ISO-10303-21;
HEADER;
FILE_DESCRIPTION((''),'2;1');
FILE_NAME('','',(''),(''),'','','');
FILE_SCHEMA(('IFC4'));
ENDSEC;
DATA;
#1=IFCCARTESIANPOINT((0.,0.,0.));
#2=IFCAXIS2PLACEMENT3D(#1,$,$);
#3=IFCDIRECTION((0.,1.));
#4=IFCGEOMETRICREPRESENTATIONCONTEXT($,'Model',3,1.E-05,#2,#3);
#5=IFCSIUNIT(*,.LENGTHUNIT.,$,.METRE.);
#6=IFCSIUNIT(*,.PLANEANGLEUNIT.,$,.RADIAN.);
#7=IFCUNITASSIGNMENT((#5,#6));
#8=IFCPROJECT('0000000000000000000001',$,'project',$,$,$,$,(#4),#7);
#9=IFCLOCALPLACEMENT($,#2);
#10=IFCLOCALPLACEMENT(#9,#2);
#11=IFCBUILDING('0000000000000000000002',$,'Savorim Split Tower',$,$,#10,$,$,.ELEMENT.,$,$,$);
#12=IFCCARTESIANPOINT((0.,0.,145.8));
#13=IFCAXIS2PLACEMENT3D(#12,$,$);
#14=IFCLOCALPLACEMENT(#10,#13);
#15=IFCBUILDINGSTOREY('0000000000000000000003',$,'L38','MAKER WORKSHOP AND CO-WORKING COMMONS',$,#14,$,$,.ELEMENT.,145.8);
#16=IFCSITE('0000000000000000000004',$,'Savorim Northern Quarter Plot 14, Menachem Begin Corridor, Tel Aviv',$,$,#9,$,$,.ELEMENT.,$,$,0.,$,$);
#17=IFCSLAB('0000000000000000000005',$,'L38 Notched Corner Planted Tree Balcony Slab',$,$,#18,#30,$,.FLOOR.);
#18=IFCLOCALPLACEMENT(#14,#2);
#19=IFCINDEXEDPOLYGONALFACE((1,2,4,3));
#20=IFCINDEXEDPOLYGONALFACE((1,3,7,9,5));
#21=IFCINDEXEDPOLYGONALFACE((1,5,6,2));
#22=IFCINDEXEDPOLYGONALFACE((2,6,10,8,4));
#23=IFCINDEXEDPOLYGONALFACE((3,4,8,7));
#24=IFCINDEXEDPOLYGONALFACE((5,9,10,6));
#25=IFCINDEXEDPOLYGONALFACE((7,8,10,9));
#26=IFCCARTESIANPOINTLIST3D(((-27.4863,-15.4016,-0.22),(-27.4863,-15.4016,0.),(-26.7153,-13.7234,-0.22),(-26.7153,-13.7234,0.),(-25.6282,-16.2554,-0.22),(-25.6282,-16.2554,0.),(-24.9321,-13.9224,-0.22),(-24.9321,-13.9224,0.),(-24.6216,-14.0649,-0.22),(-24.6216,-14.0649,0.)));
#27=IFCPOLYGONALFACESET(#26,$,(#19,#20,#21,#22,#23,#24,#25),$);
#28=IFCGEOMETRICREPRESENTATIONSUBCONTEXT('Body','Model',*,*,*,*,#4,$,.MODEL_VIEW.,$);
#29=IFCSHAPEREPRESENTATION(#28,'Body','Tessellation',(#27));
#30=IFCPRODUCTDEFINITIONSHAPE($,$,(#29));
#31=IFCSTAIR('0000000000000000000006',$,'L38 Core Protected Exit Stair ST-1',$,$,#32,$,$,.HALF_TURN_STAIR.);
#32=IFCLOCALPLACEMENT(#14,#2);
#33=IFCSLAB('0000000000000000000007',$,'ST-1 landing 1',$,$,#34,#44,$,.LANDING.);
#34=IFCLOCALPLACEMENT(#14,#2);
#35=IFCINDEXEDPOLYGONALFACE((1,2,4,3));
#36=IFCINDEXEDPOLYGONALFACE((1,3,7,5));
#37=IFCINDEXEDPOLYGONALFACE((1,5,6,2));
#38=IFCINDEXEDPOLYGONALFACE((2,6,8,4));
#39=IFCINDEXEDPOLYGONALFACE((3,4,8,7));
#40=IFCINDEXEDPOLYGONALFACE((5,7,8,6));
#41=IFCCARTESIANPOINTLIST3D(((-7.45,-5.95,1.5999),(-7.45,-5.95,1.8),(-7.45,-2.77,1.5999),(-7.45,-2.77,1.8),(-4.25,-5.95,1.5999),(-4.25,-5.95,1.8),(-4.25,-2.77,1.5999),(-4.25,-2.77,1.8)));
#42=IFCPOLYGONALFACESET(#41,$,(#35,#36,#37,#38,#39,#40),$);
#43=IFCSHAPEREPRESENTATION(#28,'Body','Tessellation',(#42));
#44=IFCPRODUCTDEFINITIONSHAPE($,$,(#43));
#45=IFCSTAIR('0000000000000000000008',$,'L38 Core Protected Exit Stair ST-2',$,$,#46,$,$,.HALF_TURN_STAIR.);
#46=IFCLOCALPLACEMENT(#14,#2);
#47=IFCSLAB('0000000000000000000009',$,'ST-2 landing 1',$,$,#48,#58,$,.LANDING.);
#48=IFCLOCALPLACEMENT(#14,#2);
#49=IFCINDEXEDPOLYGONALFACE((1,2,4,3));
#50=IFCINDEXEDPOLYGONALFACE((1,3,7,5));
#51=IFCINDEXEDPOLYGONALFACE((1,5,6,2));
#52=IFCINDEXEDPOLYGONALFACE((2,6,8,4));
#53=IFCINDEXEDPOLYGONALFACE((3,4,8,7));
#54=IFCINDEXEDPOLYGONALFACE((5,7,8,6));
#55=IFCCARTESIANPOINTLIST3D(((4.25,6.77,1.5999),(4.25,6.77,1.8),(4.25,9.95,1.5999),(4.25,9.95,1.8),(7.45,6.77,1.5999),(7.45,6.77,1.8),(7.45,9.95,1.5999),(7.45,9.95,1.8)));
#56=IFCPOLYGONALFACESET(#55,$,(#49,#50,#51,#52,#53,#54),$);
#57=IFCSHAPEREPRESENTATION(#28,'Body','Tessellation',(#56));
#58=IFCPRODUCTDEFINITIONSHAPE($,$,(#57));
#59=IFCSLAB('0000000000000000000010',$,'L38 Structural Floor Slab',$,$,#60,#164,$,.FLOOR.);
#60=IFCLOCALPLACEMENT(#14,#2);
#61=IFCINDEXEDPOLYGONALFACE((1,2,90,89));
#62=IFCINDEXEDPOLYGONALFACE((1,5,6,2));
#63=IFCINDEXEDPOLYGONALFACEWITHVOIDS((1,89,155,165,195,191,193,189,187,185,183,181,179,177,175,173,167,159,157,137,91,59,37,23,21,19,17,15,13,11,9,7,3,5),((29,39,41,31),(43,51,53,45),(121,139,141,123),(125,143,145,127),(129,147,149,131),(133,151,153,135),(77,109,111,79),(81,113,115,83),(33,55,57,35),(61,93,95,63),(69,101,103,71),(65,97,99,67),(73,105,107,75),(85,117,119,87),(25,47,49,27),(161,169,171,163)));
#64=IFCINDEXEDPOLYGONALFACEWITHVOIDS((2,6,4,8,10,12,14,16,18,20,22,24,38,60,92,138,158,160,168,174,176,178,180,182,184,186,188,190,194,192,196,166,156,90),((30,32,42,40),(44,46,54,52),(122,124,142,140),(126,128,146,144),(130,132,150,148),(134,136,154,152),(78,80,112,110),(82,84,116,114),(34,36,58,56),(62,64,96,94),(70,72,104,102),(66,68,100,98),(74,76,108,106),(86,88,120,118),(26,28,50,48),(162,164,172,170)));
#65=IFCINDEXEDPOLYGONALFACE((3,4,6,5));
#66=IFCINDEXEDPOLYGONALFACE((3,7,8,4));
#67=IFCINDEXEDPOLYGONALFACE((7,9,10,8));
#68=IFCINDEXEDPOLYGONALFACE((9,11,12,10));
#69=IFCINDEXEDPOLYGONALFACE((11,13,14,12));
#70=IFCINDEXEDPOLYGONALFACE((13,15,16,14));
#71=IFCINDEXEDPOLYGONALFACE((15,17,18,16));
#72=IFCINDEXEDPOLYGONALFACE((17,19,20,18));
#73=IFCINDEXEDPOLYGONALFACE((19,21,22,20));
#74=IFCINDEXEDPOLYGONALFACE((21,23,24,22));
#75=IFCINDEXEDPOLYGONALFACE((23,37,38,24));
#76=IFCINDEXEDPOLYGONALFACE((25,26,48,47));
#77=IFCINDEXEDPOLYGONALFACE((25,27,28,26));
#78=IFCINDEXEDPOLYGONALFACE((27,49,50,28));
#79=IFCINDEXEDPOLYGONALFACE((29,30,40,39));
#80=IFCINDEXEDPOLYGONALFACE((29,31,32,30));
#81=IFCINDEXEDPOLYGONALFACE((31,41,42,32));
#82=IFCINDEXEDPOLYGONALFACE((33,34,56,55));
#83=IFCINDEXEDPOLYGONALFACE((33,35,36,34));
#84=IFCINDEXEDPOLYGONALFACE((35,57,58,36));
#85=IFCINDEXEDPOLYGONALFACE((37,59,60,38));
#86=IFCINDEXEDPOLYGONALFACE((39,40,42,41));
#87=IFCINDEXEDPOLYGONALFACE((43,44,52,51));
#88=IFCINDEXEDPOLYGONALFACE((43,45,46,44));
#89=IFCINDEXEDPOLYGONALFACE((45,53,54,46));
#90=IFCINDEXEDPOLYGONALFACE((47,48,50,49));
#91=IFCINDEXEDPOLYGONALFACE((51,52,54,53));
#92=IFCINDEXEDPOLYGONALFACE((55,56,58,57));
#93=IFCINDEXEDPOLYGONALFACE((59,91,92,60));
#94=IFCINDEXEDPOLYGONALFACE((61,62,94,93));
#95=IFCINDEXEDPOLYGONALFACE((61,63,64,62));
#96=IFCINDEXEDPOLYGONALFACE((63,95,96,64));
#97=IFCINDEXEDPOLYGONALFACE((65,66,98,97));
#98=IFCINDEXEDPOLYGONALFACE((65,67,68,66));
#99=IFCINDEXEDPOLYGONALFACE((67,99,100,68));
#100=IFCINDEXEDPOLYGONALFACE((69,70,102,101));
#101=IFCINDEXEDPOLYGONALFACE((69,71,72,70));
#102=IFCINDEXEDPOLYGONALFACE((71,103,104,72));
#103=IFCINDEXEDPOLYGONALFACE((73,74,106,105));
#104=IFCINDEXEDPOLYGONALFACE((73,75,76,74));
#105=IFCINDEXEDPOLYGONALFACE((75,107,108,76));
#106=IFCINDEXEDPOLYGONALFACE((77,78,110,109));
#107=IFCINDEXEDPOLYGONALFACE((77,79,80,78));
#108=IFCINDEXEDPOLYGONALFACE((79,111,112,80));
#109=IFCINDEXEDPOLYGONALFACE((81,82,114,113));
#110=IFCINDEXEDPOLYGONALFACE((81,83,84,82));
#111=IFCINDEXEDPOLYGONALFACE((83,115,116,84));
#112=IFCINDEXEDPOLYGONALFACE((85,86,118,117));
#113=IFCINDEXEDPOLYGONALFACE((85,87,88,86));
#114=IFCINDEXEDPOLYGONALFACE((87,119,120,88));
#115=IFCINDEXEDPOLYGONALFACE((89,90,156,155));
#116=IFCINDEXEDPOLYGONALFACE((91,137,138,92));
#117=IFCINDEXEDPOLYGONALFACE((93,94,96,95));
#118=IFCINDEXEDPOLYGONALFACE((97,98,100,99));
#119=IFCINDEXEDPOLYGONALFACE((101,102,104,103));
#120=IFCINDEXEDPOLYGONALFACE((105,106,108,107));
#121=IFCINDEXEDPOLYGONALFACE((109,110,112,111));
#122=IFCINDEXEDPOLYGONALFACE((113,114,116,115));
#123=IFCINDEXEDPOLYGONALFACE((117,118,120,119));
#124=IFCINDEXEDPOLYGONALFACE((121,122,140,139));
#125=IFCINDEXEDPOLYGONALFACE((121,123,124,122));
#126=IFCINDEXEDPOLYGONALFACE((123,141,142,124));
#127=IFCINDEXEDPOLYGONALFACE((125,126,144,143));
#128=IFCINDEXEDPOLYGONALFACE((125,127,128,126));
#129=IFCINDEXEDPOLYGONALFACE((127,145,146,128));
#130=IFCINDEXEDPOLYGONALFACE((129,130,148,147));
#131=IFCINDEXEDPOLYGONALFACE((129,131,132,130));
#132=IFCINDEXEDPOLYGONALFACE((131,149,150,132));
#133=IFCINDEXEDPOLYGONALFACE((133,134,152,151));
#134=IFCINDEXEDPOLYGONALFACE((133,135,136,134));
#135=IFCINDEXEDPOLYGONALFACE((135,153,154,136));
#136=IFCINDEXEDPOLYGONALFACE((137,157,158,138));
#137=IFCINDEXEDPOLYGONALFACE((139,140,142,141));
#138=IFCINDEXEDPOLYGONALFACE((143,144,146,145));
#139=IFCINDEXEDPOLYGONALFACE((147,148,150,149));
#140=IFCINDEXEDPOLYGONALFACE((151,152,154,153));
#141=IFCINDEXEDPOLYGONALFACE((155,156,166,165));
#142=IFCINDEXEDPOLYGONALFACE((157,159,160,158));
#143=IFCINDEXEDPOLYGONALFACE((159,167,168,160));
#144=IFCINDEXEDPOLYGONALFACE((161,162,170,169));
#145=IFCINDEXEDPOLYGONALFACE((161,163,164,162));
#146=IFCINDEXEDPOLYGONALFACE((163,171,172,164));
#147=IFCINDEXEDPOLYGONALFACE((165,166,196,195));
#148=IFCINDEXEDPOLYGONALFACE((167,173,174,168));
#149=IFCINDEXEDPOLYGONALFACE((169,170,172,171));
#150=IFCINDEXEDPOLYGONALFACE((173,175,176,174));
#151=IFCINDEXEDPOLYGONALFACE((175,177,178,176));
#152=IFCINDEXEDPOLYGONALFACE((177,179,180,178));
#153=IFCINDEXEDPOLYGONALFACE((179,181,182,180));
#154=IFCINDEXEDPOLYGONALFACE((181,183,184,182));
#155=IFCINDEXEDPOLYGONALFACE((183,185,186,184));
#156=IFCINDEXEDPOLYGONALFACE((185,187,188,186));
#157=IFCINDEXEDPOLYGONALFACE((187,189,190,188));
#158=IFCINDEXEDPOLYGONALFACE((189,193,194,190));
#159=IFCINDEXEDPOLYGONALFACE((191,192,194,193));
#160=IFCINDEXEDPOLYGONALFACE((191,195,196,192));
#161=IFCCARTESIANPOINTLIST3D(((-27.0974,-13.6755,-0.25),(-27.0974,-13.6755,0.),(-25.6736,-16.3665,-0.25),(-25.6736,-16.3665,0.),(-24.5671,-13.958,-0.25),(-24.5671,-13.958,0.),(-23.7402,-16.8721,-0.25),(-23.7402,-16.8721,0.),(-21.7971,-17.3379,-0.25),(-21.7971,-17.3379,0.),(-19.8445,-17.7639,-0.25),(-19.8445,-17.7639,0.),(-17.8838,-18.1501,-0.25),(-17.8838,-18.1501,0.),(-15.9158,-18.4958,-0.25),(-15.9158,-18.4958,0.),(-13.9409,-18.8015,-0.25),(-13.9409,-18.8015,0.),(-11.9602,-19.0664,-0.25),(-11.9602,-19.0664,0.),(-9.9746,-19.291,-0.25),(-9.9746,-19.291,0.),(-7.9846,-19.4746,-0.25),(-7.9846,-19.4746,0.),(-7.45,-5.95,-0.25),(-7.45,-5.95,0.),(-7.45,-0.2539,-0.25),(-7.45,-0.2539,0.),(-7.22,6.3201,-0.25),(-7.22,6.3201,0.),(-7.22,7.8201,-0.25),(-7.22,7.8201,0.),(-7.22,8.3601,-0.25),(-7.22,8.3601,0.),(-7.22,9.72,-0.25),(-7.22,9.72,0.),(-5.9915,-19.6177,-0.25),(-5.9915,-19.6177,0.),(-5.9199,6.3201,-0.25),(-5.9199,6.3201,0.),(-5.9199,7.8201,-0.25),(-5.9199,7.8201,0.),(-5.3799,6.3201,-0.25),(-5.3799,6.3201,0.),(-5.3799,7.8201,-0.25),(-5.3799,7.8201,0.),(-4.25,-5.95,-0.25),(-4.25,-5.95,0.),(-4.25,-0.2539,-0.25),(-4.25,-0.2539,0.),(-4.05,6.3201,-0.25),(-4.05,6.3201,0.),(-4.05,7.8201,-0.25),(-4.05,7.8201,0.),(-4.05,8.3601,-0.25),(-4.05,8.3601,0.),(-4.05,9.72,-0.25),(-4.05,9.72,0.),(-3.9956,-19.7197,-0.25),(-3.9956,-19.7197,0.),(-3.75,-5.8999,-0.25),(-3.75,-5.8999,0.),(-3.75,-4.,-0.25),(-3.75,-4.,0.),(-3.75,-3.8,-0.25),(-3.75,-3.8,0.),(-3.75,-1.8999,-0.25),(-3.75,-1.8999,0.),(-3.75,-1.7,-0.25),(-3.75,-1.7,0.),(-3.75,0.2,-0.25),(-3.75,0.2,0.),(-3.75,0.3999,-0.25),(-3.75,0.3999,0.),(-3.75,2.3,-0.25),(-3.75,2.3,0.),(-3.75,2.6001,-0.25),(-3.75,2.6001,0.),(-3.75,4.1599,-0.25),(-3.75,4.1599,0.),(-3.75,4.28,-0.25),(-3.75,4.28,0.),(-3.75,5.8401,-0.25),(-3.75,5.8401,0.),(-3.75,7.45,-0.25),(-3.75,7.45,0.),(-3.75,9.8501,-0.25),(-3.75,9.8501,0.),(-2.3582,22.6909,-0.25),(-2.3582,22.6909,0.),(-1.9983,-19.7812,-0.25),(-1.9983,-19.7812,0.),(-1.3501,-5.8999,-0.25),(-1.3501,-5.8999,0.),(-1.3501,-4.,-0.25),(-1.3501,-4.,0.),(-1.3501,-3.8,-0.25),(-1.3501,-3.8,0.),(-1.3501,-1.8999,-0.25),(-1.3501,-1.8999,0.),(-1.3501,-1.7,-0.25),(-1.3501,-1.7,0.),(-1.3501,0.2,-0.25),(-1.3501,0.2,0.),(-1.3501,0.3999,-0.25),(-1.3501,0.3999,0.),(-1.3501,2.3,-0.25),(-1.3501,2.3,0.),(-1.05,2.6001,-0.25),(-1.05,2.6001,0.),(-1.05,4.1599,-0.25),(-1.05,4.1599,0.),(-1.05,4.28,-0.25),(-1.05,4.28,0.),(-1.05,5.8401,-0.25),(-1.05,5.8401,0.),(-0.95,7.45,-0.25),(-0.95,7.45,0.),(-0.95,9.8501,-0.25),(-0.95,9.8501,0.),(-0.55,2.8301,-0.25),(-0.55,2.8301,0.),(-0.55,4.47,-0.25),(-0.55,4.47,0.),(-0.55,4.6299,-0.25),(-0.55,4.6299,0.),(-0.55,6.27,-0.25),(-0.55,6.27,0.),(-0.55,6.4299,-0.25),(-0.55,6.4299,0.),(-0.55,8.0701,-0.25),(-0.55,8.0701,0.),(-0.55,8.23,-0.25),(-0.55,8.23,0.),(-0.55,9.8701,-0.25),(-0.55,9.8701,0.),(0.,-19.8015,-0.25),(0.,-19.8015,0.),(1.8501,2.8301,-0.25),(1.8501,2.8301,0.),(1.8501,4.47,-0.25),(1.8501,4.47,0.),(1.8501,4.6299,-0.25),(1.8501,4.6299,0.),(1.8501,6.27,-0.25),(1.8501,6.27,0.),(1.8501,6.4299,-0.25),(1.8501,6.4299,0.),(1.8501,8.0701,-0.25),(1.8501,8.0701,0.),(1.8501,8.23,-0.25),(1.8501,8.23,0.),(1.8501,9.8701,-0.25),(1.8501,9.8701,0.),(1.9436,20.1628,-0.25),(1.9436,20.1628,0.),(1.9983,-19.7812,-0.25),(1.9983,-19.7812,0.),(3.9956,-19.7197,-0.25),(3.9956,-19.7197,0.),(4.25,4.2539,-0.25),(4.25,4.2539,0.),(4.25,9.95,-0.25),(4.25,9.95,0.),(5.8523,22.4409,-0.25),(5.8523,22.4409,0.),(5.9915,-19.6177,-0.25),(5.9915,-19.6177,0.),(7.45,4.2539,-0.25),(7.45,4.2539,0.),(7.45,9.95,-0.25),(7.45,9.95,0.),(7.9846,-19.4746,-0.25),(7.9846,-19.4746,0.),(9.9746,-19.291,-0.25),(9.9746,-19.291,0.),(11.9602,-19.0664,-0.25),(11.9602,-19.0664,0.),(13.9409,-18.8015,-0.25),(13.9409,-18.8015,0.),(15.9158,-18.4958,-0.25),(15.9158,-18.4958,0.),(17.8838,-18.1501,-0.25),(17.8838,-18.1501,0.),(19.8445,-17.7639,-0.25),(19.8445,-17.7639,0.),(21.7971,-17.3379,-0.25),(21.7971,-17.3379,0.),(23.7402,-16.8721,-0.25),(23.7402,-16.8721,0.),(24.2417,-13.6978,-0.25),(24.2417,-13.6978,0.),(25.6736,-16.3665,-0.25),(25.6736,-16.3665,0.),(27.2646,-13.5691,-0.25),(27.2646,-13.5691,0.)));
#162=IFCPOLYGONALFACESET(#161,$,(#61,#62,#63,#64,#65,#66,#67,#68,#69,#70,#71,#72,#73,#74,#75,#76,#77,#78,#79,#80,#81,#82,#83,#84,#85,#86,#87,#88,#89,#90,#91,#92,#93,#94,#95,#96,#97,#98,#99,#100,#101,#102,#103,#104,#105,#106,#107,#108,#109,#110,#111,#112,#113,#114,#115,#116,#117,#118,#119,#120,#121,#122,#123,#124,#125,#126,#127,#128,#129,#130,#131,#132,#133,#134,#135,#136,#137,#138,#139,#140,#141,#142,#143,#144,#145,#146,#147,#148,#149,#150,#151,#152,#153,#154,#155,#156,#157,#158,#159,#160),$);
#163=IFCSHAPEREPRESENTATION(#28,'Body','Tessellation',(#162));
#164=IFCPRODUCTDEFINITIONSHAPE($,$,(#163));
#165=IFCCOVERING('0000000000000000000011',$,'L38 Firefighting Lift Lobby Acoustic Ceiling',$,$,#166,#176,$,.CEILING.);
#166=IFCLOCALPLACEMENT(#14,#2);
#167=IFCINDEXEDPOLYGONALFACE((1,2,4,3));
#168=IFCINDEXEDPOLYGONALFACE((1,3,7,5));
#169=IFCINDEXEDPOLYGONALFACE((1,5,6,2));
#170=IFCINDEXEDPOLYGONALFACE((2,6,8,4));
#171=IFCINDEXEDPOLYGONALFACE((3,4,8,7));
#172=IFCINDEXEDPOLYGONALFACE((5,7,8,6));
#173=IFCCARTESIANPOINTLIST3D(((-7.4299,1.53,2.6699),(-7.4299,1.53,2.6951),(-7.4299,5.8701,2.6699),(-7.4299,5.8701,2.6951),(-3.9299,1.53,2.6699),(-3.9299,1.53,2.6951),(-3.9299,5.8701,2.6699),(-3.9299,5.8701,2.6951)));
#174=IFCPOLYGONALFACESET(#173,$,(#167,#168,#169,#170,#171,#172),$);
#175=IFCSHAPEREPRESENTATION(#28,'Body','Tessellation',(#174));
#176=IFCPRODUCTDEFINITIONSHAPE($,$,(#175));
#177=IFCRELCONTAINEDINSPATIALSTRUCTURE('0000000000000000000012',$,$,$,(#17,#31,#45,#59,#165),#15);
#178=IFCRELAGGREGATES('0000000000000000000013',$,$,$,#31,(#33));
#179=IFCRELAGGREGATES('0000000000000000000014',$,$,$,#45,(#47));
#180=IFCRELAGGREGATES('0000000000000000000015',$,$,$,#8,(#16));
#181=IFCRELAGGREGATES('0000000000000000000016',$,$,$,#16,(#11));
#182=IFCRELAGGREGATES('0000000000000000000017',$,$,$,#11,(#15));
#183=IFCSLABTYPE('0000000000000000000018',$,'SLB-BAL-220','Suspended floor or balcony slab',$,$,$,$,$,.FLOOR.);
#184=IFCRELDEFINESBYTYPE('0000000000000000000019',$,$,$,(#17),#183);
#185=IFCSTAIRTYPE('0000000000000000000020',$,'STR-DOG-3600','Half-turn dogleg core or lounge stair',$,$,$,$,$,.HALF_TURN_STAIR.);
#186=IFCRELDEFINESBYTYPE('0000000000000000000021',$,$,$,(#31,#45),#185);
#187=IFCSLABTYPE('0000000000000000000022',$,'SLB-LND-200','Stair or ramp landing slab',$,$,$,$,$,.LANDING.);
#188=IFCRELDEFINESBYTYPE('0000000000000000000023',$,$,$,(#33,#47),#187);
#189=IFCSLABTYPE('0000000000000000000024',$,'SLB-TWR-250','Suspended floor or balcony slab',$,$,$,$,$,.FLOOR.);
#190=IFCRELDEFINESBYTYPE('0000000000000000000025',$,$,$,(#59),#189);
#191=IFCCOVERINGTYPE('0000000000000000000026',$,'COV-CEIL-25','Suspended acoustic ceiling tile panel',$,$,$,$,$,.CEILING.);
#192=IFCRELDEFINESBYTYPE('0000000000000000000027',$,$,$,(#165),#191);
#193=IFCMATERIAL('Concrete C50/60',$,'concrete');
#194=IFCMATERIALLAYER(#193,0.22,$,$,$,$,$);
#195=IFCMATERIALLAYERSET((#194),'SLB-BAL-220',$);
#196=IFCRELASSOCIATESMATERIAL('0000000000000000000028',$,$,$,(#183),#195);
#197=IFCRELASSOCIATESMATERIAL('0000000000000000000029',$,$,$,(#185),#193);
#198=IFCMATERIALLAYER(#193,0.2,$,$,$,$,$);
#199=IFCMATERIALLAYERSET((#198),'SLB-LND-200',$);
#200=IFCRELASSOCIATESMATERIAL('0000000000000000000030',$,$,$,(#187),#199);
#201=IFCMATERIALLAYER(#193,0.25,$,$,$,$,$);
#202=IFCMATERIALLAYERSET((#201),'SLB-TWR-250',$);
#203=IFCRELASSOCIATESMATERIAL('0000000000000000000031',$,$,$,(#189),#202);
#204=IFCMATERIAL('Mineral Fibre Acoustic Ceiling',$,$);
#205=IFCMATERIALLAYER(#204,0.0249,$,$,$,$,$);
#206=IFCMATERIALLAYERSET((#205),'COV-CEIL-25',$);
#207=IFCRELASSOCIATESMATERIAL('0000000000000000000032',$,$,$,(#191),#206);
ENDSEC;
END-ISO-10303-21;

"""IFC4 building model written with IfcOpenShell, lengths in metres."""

from ifc_helpers import new_model, si_unit, direction, frame, origin, place, context, subcontext, project, spatial, polyline, outline, extrude, material, layer, layer_set, type_object, element, aggregate, save


model = new_model("IFC4")

# Units and contexts
model_context = context("Model", 3, precision=1e-05, world=origin(), true_north=direction((0.0, 1.0)))
body_context = subcontext(model_context, "Body", "Model", "MODEL_VIEW")
ifc_project = project(units=[si_unit("LENGTHUNIT", "METRE"), si_unit("PLANEANGLEUNIT", "RADIAN")], contexts=[model_context])

# Site, building, storey
site_placement = place(None, origin())
site = spatial("IfcSite", under=ifc_project, at=site_placement, Name="Savorim Northern Quarter Plot 14, Menachem Begin Corridor, Tel Aviv", CompositionType="ELEMENT", RefElevation=0.0)
building_placement = place(site_placement, origin())
building = spatial("IfcBuilding", under=site, at=building_placement, Name="Savorim Split Tower", CompositionType="ELEMENT")
storey_placement = place(building_placement, frame((0.0, 0.0, 145.8)))
storey = spatial("IfcBuildingStorey", under=building, at=storey_placement, Name="L38", Description="MAKER WORKSHOP AND CO-WORKING COMMONS", CompositionType="ELEMENT", Elevation=145.8)

# Slab
ifc_material_1 = material(Name="Concrete C50/60", Category="concrete")
ifc_layer_1 = layer(ifc_material_1, 0.22)
ifc_layer_set_1 = layer_set([ifc_layer_1], Name="SLB-BAL-220")
slab_type_1 = type_object("IfcSlabType", Name="SLB-BAL-220", Description="Suspended floor or balcony slab", PredefinedType="FLOOR", material=ifc_layer_set_1)
slab_1_placement = place(storey_placement, frame((0.0, 0.0, -0.22)))
element("IfcSlab", 1, at=slab_1_placement, inside=storey, type_object=slab_type_1, Name="L38 Notched Corner Planted Tree Balcony Slab", PredefinedType="FLOOR", context=body_context, shape_type="SweptSolid", body=[
    extrude(outline(polyline([(-25.6282, -16.2554), (-24.6216, -14.0649), (-24.9321, -13.9224), (-26.7153, -13.7234), (-27.4863, -15.4016), (-25.6282, -16.2554)])), origin(), (0.0, 0.0, 1.0), 0.22),
])

# Stairs, slabs
stair_type = type_object("IfcStairType", Name="STR-DOG-3600", Description="Half-turn dogleg core or lounge stair", PredefinedType="HALF_TURN_STAIR", material=ifc_material_1)
stair_1_placement = place(storey_placement, origin())
stair_1 = element("IfcStair", 2, at=stair_1_placement, inside=storey, type_object=stair_type, Name="L38 Core Protected Exit Stair ST-1", PredefinedType="HALF_TURN_STAIR")
ifc_layer_2 = layer(ifc_material_1, 0.2)
ifc_layer_set_2 = layer_set([ifc_layer_2], Name="SLB-LND-200")
slab_type_2 = type_object("IfcSlabType", Name="SLB-LND-200", Description="Stair or ramp landing slab", PredefinedType="LANDING", material=ifc_layer_set_2)
slab_2_placement = place(storey_placement, frame((0.0, 0.0, 1.5999)))
slab_2 = element("IfcSlab", 3, at=slab_2_placement, type_object=slab_type_2, Name="ST-1 landing 1", PredefinedType="LANDING", context=body_context, shape_type="SweptSolid", body=[
    extrude(outline(polyline([(-7.45, -2.77), (-7.45, -5.95), (-4.25, -5.95), (-4.25, -2.77), (-7.45, -2.77)])), origin(), (0.0, 0.0, 1.0), 0.2002),
])
aggregate(stair_1, [slab_2])
stair_2_placement = place(storey_placement, origin())
stair_2 = element("IfcStair", 4, at=stair_2_placement, inside=storey, type_object=stair_type, Name="L38 Core Protected Exit Stair ST-2", PredefinedType="HALF_TURN_STAIR")
slab_3_placement = place(storey_placement, frame((0.0, 0.0, 1.5999)))
slab_3 = element("IfcSlab", 5, at=slab_3_placement, type_object=slab_type_2, Name="ST-2 landing 1", PredefinedType="LANDING", context=body_context, shape_type="SweptSolid", body=[
    extrude(outline(polyline([(7.45, 6.77), (7.45, 9.95), (4.25, 9.95), (4.25, 6.77), (7.45, 6.77)])), origin(), (0.0, 0.0, 1.0), 0.2002),
])
aggregate(stair_2, [slab_3])

# Slab
ifc_layer_3 = layer(ifc_material_1, 0.25)
ifc_layer_set_3 = layer_set([ifc_layer_3], Name="SLB-TWR-250")
slab_type_3 = type_object("IfcSlabType", Name="SLB-TWR-250", Description="Suspended floor or balcony slab", PredefinedType="FLOOR", material=ifc_layer_set_3)
slab_4_placement = place(storey_placement, frame((0.0, 0.0, -0.25)))
element("IfcSlab", 6, at=slab_4_placement, inside=storey, type_object=slab_type_3, Name="L38 Structural Floor Slab", PredefinedType="FLOOR", context=body_context, shape_type="SweptSolid", body=[
    extrude(outline(polyline([(-25.6736, -16.3665), (-23.7402, -16.8721), (-21.7971, -17.3379), (-19.8445, -17.7639), (-17.8838, -18.1501), (-15.9158, -18.4958), (-13.9409, -18.8015), (-11.9602, -19.0664), (-9.9746, -19.291), (-7.9846, -19.4746), (-5.9915, -19.6177), (-3.9956, -19.7197), (-1.9983, -19.7812), (0.0, -19.8015), (1.9983, -19.7812), (3.9956, -19.7197), (5.9915, -19.6177), (7.9846, -19.4746), (9.9746, -19.291), (11.9602, -19.0664), (13.9409, -18.8015), (15.9158, -18.4958), (17.8838, -18.1501), (19.8445, -17.7639), (21.7971, -17.3379), (23.7402, -16.8721), (25.6736, -16.3665), (24.2417, -13.6978), (27.2646, -13.5691), (5.8523, 22.4409), (1.9436, 20.1628), (-2.3582, 22.6909), (-27.0974, -13.6755), (-24.5671, -13.958), (-25.6736, -16.3665)]), holes=[polyline([(-7.45, -0.2539), (-7.45, -5.95), (-4.25, -5.95), (-4.25, -0.2539), (-7.45, -0.2539)]), polyline([(7.45, 4.2539), (7.45, 9.95), (4.25, 9.95), (4.25, 4.2539), (7.45, 4.2539)]), polyline([(-3.75, -5.8999), (-1.3501, -5.8999), (-1.3501, -4.0), (-3.75, -4.0), (-3.75, -5.8999)]), polyline([(-3.75, -3.8), (-1.3501, -3.8), (-1.3501, -1.8999), (-3.75, -1.8999), (-3.75, -3.8)]), polyline([(-3.75, -1.7), (-1.3501, -1.7), (-1.3501, 0.2), (-3.75, 0.2), (-3.75, -1.7)]), polyline([(-3.75, 0.3999), (-1.3501, 0.3999), (-1.3501, 2.3), (-3.75, 2.3), (-3.75, 0.3999)]), polyline([(-0.55, 2.8301), (1.8501, 2.8301), (1.8501, 4.47), (-0.55, 4.47), (-0.55, 2.8301)]), polyline([(-0.55, 4.6299), (1.8501, 4.6299), (1.8501, 6.27), (-0.55, 6.27), (-0.55, 4.6299)]), polyline([(-0.55, 6.4299), (1.8501, 6.4299), (1.8501, 8.0701), (-0.55, 8.0701), (-0.55, 6.4299)]), polyline([(-0.55, 8.23), (1.8501, 8.23), (1.8501, 9.8701), (-0.55, 9.8701), (-0.55, 8.23)]), polyline([(-3.75, 2.6001), (-1.05, 2.6001), (-1.05, 4.1599), (-3.75, 4.1599), (-3.75, 2.6001)]), polyline([(-3.75, 4.28), (-1.05, 4.28), (-1.05, 5.8401), (-3.75, 5.8401), (-3.75, 4.28)]), polyline([(-3.75, 7.45), (-0.95, 7.45), (-0.95, 9.8501), (-3.75, 9.8501), (-3.75, 7.45)]), polyline([(-7.22, 6.3201), (-5.9199, 6.3201), (-5.9199, 7.8201), (-7.22, 7.8201), (-7.22, 6.3201)]), polyline([(-5.3799, 6.3201), (-4.05, 6.3201), (-4.05, 7.8201), (-5.3799, 7.8201), (-5.3799, 6.3201)]), polyline([(-7.22, 8.3601), (-4.05, 8.3601), (-4.05, 9.72), (-7.22, 9.72), (-7.22, 8.3601)])]), origin(), (0.0, 0.0, 1.0), 0.25),
])

# Covering
ifc_material_2 = material(Name="Mineral Fibre Acoustic Ceiling")
ifc_layer_4 = layer(ifc_material_2, 0.0249)
ifc_layer_set_4 = layer_set([ifc_layer_4], Name="COV-CEIL-25")
covering_type_1 = type_object("IfcCoveringType", Name="COV-CEIL-25", Description="Suspended acoustic ceiling tile panel", PredefinedType="CEILING", material=ifc_layer_set_4)
covering_1_placement = place(storey_placement, frame((0.0, 0.0, 2.6699)))
element("IfcCovering", 7, at=covering_1_placement, inside=storey, type_object=covering_type_1, Name="L38 Firefighting Lift Lobby Acoustic Ceiling", PredefinedType="CEILING", context=body_context, shape_type="SweptSolid", body=[
    extrude(outline(polyline([(-7.4299, 5.8701), (-7.4299, 1.53), (-3.9299, 1.53), (-3.9299, 5.8701), (-7.4299, 5.8701)])), origin(), (0.0, 0.0, 1.0), 0.0251),
])

save(model, "model.ifc")
